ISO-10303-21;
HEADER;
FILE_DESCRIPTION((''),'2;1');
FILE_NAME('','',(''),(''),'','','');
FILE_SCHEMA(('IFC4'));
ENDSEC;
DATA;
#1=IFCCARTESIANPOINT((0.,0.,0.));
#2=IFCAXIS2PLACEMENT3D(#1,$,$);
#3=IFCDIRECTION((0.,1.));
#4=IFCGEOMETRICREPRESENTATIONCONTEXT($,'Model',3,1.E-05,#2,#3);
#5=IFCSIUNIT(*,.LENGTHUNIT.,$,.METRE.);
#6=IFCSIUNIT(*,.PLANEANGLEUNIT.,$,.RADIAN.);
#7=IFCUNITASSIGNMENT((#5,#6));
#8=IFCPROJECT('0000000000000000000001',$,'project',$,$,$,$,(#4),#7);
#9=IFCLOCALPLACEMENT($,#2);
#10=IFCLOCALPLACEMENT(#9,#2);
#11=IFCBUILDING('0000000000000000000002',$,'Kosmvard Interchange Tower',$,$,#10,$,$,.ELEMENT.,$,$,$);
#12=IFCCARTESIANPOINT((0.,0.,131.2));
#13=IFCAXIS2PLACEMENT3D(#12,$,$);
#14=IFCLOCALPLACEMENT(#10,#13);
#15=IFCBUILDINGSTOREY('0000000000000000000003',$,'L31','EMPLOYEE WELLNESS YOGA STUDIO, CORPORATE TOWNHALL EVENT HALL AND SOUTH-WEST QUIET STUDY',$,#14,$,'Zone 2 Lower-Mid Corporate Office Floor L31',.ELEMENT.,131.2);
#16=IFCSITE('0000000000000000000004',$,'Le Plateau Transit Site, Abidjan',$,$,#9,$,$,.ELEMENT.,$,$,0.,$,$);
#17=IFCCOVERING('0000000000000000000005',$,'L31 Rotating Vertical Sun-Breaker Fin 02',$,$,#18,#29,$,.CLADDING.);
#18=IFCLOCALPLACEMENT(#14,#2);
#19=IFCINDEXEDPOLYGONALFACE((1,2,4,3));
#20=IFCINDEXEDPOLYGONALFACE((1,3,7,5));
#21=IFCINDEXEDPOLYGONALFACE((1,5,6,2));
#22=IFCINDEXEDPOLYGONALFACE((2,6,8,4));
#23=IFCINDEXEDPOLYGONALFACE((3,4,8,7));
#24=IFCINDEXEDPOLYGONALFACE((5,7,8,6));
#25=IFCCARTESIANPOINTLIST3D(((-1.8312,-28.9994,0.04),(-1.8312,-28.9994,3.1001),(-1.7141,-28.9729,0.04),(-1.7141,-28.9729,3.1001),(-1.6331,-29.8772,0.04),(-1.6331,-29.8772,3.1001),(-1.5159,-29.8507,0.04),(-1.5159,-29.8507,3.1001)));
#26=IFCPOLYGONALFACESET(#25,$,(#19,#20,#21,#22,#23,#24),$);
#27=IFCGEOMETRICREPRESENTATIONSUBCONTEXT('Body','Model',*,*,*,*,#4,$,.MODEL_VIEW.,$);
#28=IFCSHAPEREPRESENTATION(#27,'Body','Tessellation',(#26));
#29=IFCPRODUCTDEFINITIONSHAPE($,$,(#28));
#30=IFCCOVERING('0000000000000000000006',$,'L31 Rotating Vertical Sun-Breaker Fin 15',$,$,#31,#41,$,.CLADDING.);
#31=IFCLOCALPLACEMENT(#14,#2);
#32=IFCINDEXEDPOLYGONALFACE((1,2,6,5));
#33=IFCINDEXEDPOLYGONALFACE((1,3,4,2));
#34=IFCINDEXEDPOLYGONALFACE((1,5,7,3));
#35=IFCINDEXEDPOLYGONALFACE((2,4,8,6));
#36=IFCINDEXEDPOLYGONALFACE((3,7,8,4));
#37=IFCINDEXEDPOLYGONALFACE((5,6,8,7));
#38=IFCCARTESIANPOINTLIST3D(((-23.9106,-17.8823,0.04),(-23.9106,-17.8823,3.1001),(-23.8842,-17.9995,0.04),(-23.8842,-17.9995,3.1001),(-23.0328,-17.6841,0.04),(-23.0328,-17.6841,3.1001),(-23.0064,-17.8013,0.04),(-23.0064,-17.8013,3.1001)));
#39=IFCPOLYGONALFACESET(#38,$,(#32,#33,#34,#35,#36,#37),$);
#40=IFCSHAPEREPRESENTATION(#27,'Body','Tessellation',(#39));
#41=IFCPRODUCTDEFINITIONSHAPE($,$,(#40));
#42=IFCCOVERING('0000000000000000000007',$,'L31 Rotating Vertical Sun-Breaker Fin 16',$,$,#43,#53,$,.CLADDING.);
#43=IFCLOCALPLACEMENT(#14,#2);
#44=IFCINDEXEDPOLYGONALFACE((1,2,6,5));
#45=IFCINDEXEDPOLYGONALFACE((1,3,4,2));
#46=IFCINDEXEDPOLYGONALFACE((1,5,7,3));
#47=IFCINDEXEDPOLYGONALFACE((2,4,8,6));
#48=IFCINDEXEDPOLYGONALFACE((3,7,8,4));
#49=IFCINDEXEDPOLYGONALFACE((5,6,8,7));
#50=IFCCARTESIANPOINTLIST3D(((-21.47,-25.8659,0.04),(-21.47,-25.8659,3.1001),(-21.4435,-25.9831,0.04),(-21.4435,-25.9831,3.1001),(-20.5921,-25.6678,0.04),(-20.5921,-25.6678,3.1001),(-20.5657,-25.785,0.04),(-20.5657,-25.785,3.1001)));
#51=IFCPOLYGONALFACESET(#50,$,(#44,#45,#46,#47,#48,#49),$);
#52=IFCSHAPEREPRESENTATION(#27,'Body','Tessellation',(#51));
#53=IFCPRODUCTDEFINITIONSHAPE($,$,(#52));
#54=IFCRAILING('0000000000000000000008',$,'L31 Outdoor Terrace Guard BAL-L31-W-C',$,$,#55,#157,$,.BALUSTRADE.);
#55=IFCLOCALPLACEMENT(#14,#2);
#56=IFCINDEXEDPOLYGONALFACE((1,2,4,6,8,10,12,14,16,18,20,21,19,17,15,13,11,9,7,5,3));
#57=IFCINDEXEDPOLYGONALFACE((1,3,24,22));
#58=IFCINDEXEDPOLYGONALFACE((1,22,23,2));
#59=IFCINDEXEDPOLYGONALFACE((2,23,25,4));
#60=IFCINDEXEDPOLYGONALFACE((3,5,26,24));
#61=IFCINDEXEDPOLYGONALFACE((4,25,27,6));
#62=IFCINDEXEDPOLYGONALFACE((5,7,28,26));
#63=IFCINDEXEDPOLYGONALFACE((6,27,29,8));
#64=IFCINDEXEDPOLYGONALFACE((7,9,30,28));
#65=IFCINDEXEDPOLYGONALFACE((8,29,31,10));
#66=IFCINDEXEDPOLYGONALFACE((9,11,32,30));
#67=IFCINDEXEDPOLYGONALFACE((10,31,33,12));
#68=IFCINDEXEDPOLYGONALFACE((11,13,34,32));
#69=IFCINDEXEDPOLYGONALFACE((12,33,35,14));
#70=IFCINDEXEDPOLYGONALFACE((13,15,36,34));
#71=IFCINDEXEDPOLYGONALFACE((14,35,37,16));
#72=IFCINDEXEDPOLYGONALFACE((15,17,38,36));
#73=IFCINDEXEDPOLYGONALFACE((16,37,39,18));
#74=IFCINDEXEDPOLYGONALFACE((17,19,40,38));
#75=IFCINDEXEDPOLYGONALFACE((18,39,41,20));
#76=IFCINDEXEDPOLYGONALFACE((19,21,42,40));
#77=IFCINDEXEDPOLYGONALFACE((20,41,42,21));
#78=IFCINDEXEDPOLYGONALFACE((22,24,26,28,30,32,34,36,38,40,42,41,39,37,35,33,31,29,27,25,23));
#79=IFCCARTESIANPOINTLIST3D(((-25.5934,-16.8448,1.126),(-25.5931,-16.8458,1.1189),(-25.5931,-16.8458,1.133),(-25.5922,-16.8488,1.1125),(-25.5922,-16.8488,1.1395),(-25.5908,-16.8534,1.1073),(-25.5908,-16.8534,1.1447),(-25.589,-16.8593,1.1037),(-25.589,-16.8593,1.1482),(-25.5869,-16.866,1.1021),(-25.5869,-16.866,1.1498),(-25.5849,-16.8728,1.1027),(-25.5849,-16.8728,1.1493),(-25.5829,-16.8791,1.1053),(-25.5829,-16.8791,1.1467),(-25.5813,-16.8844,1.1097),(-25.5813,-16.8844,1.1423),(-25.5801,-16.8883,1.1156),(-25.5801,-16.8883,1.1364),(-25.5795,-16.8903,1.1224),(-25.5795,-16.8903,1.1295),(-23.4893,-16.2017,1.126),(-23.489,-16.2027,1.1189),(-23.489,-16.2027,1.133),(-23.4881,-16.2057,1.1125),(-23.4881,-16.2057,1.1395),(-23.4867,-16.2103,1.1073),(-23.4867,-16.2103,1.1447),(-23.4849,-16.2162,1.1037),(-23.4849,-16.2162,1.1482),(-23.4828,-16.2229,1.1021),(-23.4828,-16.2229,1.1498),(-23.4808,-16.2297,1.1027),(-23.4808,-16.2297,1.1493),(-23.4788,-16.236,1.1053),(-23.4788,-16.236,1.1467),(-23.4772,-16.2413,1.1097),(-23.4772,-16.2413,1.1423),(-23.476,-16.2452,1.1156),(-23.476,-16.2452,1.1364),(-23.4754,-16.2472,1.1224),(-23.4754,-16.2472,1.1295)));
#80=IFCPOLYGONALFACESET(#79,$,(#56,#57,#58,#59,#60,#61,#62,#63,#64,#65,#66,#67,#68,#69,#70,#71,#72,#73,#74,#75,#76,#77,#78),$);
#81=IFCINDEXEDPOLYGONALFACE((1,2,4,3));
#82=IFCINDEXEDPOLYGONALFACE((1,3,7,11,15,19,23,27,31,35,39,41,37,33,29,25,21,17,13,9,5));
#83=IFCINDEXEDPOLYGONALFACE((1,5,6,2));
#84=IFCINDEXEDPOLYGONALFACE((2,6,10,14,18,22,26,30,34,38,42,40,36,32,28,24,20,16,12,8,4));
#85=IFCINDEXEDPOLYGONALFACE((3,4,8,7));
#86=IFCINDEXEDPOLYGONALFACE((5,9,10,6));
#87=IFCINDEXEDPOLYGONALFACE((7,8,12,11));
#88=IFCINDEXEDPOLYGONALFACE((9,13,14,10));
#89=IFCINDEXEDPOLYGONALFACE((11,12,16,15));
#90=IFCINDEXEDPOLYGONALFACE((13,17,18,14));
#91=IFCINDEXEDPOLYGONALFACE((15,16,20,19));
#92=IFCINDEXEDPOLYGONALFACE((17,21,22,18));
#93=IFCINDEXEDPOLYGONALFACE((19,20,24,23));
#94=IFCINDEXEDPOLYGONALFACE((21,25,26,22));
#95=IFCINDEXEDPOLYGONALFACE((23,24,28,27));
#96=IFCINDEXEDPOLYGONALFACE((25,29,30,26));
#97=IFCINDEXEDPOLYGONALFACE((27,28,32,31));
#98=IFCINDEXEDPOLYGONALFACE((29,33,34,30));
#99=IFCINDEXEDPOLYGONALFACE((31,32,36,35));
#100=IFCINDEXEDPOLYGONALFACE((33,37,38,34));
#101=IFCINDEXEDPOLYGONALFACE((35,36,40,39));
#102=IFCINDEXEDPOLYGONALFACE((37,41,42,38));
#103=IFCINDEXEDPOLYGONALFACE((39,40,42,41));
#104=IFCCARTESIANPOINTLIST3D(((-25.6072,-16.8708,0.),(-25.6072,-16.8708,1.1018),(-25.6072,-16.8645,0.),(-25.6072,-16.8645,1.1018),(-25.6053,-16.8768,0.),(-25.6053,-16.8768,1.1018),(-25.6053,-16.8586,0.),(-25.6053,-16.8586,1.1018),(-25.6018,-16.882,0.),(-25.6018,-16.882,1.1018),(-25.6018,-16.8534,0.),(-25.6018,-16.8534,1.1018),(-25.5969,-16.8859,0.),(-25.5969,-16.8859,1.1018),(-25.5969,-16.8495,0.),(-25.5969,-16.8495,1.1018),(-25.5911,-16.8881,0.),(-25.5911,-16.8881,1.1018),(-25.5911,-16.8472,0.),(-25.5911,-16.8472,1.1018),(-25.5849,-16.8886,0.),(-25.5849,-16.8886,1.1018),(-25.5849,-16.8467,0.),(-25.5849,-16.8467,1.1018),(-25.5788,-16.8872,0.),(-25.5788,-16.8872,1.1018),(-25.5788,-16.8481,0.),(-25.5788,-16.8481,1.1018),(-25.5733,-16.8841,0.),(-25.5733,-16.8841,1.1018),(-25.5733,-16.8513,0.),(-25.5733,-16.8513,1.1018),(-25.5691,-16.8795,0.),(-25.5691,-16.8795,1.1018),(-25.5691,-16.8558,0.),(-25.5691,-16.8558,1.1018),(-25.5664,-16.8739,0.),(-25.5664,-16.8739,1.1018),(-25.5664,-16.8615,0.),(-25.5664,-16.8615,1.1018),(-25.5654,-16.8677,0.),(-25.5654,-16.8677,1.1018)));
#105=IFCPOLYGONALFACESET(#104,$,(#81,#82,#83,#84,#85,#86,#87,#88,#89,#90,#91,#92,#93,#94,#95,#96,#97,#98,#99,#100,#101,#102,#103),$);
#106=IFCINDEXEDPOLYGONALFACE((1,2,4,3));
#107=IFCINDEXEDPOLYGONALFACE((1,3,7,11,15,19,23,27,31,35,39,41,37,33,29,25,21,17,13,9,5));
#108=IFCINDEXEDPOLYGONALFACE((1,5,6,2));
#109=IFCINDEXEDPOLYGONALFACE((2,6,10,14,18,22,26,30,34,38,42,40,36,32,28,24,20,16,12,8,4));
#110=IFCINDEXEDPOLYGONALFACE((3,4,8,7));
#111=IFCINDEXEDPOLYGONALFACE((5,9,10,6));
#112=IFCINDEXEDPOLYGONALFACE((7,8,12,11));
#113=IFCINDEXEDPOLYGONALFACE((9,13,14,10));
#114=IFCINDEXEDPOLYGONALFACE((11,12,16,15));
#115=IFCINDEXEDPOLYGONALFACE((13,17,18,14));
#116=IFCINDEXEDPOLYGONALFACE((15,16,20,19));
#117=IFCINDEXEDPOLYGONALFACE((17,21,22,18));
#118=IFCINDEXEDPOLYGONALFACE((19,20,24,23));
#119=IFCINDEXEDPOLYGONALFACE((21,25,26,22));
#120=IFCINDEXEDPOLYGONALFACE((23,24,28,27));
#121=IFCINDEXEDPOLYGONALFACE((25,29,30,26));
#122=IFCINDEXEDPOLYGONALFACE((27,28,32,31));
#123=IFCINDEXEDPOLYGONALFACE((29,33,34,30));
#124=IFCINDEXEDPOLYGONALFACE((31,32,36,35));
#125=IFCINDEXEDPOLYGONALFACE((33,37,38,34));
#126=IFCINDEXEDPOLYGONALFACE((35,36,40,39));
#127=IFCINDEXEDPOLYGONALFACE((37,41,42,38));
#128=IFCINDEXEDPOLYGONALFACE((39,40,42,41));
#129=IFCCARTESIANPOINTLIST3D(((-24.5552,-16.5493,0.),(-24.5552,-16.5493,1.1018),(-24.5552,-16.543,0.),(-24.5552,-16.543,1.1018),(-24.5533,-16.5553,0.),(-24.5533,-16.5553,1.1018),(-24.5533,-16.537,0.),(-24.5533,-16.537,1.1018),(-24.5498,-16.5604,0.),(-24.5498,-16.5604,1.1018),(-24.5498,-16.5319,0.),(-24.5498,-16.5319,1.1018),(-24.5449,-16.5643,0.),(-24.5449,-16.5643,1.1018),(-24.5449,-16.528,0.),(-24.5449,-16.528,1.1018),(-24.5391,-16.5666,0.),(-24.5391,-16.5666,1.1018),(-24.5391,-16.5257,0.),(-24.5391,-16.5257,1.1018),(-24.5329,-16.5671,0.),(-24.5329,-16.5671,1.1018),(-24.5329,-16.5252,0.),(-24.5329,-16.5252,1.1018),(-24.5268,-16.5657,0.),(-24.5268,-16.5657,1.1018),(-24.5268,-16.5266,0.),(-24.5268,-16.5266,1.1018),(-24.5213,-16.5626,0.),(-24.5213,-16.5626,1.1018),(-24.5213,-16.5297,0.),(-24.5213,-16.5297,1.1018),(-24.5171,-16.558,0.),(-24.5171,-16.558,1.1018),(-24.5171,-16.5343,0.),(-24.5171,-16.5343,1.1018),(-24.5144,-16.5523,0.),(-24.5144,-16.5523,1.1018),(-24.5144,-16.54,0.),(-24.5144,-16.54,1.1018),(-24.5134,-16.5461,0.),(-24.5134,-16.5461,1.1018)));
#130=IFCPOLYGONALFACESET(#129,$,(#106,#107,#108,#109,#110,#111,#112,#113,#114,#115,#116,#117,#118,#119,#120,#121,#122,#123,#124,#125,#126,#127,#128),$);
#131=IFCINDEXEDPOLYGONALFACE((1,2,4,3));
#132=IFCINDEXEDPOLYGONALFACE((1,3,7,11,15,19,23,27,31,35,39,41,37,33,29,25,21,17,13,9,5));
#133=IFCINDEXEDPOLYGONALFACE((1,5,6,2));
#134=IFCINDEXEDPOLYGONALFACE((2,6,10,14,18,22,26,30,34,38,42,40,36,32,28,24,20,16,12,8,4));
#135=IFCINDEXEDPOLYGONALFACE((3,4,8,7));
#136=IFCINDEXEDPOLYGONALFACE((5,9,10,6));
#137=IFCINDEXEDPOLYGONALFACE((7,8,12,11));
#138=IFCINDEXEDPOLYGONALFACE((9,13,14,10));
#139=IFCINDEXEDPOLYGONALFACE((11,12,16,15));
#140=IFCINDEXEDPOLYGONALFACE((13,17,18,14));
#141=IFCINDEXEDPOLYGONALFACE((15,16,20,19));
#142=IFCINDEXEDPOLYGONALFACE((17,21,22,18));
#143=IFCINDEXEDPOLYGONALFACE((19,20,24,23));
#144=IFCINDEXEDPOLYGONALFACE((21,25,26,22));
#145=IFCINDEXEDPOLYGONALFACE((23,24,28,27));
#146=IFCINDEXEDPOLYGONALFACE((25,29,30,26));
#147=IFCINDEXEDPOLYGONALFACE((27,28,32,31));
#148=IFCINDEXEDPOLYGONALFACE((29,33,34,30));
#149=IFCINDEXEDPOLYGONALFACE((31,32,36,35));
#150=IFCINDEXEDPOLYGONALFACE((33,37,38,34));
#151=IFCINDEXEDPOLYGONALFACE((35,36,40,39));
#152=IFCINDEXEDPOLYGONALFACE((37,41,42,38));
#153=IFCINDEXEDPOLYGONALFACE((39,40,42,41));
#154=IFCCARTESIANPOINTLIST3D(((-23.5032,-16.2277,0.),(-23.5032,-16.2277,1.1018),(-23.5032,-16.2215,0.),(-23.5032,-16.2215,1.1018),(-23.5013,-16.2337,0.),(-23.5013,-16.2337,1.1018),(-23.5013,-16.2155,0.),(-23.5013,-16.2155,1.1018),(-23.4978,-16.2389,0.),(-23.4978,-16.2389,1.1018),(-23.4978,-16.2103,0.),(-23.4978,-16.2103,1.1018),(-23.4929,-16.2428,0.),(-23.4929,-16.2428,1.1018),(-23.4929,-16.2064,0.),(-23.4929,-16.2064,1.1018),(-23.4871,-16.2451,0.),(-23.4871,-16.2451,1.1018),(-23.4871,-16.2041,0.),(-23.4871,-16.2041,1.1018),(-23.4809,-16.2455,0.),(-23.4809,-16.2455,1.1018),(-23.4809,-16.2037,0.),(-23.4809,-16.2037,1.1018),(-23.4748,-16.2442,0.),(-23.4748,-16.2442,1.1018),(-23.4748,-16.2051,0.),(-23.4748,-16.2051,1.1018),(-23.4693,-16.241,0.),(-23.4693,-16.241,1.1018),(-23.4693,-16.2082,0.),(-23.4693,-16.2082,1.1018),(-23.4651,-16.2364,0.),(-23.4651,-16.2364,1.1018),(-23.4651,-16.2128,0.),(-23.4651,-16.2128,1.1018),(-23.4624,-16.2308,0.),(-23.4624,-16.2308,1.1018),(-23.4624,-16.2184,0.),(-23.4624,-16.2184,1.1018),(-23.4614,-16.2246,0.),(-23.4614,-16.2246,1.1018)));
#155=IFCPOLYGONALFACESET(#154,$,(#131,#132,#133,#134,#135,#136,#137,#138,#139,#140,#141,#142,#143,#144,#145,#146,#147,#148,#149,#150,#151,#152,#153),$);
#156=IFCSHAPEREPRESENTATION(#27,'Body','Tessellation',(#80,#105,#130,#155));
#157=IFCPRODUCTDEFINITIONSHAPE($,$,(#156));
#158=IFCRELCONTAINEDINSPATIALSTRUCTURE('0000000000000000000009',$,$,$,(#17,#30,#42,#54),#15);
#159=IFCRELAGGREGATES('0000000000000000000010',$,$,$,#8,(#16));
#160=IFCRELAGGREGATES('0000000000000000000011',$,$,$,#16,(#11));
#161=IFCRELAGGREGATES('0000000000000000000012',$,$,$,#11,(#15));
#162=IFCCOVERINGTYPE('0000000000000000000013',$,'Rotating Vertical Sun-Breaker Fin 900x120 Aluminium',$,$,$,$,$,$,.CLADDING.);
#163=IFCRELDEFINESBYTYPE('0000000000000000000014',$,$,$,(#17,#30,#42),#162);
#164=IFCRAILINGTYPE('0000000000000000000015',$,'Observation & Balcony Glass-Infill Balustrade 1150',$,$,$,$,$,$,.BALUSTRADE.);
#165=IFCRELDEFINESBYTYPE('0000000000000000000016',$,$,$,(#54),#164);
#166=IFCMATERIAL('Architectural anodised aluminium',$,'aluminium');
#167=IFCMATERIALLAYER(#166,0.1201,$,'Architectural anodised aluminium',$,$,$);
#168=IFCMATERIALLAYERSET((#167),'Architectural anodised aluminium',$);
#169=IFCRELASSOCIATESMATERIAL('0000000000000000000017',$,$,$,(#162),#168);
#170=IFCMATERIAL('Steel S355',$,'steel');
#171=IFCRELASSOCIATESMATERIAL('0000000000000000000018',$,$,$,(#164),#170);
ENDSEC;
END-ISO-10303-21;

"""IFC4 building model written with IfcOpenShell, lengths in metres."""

from ifc_helpers import new_model, si_unit, direction, frame, origin, origin_2d, place, context, subcontext, project, spatial, rectangle, circle, extrude, source, transform, mapped, material, layer, layer_set, type_object, element, save


model = new_model("IFC4")

# Units and contexts
model_context = context("Model", 3, precision=1e-05, world=origin(), true_north=direction((0.0, 1.0)))
body_context = subcontext(model_context, "Body", "Model", "MODEL_VIEW")
ifc_project = project(units=[si_unit("LENGTHUNIT", "METRE"), si_unit("PLANEANGLEUNIT", "RADIAN")], contexts=[model_context])

# Site, building, storey
site_placement = place(None, origin())
site = spatial("IfcSite", under=ifc_project, at=site_placement, Name="Le Plateau Transit Site, Abidjan", CompositionType="ELEMENT", RefElevation=0.0)
building_placement = place(site_placement, origin())
building = spatial("IfcBuilding", under=site, at=building_placement, Name="Kosmvard Interchange Tower", CompositionType="ELEMENT")
storey_placement = place(building_placement, frame((0.0, 0.0, 131.2)))
storey = spatial("IfcBuildingStorey", under=building, at=storey_placement, Name="L31", Description="EMPLOYEE WELLNESS YOGA STUDIO, CORPORATE TOWNHALL EVENT HALL AND SOUTH-WEST QUIET STUDY", LongName="Zone 2 Lower-Mid Corporate Office Floor L31", CompositionType="ELEMENT", Elevation=131.2)

# Shared definitions
ifc_material_1 = material(Name="Steel S355", Category="steel")

# Coverings
ifc_material_2 = material(Name="Architectural anodised aluminium", Category="aluminium")
ifc_layer_1 = layer(ifc_material_2, 0.1201, Name="Architectural anodised aluminium")
ifc_layer_set_1 = layer_set([ifc_layer_1], Name="Architectural anodised aluminium")
covering_type = type_object("IfcCoveringType", Name="Rotating Vertical Sun-Breaker Fin 900x120 Aluminium", PredefinedType="CLADDING", material=ifc_layer_set_1)
shared_shape_1 = source(origin(), body_context, "Body", "SweptSolid", [
    extrude(rectangle(XDim=0.8999, YDim=0.1201, at=origin_2d()), origin(), (0.0, 0.0, 1.0), 3.0601),
])
for number, where, z_axis, x_axis, name in (
    (1, (-1.6736, -29.425, 0.04), (0.0, 0.0, 1.0), (0.220187, -0.975458, 0.0), "L31 Rotating Vertical Sun-Breaker Fin 02"),
    (2, (-23.4585, -17.8418, 0.04), (0.0, 0.0, 1.0), (-0.975458, -0.220187, 0.0), "L31 Rotating Vertical Sun-Breaker Fin 15"),
    (3, (-21.0178, -25.8254, 0.04), (0.0, 0.0, 1.0), (-0.975458, -0.220187, 0.0), "L31 Rotating Vertical Sun-Breaker Fin 16"),
):
    element("IfcCovering", number, at=place(storey_placement, frame(where, z_axis=z_axis, x_axis=x_axis)), inside=storey, type_object=covering_type, Name=name, PredefinedType="CLADDING", context=body_context, shape_type="MappedRepresentation", body=[
        mapped(shared_shape_1, transform((0.0, 0.0, 0.0), scale=1.0)),
    ])

# Railing
railing_type = type_object("IfcRailingType", Name="Observation & Balcony Glass-Infill Balustrade 1150", PredefinedType="BALUSTRADE", material=ifc_material_1)
shared_shape_2 = source(origin(), body_context, "Body", "SweptSolid", [
    extrude(circle(Radius=0.0239, at=origin_2d()), frame((0.0, 0.0, 1.126), z_axis=(0.956329, 0.292292, 0.0), x_axis=(-0.292292, 0.956329, 0.0)), (0.0, 0.0, 1.0), 2.2002),
    extrude(circle(Radius=0.021, at=origin_2d()), origin(), (0.0, 0.0, 1.0), 1.1018),
    extrude(circle(Radius=0.021, at=origin_2d()), frame((1.052, 0.3215, 0.0)), (0.0, 0.0, 1.0), 1.1018),
    extrude(circle(Radius=0.021, at=origin_2d()), frame((2.104, 0.6431, 0.0)), (0.0, 0.0, 1.0), 1.1018),
])
railing_placement = place(storey_placement, frame((-25.5864, -16.8677, 0.0)))
element("IfcRailing", 4, at=railing_placement, inside=storey, type_object=railing_type, Name="L31 Outdoor Terrace Guard BAL-L31-W-C", PredefinedType="BALUSTRADE", context=body_context, shape_type="MappedRepresentation", body=[
    mapped(shared_shape_2, transform((0.0, 0.0, 0.0), scale=1.0)),
])

save(model, "model.ifc")
